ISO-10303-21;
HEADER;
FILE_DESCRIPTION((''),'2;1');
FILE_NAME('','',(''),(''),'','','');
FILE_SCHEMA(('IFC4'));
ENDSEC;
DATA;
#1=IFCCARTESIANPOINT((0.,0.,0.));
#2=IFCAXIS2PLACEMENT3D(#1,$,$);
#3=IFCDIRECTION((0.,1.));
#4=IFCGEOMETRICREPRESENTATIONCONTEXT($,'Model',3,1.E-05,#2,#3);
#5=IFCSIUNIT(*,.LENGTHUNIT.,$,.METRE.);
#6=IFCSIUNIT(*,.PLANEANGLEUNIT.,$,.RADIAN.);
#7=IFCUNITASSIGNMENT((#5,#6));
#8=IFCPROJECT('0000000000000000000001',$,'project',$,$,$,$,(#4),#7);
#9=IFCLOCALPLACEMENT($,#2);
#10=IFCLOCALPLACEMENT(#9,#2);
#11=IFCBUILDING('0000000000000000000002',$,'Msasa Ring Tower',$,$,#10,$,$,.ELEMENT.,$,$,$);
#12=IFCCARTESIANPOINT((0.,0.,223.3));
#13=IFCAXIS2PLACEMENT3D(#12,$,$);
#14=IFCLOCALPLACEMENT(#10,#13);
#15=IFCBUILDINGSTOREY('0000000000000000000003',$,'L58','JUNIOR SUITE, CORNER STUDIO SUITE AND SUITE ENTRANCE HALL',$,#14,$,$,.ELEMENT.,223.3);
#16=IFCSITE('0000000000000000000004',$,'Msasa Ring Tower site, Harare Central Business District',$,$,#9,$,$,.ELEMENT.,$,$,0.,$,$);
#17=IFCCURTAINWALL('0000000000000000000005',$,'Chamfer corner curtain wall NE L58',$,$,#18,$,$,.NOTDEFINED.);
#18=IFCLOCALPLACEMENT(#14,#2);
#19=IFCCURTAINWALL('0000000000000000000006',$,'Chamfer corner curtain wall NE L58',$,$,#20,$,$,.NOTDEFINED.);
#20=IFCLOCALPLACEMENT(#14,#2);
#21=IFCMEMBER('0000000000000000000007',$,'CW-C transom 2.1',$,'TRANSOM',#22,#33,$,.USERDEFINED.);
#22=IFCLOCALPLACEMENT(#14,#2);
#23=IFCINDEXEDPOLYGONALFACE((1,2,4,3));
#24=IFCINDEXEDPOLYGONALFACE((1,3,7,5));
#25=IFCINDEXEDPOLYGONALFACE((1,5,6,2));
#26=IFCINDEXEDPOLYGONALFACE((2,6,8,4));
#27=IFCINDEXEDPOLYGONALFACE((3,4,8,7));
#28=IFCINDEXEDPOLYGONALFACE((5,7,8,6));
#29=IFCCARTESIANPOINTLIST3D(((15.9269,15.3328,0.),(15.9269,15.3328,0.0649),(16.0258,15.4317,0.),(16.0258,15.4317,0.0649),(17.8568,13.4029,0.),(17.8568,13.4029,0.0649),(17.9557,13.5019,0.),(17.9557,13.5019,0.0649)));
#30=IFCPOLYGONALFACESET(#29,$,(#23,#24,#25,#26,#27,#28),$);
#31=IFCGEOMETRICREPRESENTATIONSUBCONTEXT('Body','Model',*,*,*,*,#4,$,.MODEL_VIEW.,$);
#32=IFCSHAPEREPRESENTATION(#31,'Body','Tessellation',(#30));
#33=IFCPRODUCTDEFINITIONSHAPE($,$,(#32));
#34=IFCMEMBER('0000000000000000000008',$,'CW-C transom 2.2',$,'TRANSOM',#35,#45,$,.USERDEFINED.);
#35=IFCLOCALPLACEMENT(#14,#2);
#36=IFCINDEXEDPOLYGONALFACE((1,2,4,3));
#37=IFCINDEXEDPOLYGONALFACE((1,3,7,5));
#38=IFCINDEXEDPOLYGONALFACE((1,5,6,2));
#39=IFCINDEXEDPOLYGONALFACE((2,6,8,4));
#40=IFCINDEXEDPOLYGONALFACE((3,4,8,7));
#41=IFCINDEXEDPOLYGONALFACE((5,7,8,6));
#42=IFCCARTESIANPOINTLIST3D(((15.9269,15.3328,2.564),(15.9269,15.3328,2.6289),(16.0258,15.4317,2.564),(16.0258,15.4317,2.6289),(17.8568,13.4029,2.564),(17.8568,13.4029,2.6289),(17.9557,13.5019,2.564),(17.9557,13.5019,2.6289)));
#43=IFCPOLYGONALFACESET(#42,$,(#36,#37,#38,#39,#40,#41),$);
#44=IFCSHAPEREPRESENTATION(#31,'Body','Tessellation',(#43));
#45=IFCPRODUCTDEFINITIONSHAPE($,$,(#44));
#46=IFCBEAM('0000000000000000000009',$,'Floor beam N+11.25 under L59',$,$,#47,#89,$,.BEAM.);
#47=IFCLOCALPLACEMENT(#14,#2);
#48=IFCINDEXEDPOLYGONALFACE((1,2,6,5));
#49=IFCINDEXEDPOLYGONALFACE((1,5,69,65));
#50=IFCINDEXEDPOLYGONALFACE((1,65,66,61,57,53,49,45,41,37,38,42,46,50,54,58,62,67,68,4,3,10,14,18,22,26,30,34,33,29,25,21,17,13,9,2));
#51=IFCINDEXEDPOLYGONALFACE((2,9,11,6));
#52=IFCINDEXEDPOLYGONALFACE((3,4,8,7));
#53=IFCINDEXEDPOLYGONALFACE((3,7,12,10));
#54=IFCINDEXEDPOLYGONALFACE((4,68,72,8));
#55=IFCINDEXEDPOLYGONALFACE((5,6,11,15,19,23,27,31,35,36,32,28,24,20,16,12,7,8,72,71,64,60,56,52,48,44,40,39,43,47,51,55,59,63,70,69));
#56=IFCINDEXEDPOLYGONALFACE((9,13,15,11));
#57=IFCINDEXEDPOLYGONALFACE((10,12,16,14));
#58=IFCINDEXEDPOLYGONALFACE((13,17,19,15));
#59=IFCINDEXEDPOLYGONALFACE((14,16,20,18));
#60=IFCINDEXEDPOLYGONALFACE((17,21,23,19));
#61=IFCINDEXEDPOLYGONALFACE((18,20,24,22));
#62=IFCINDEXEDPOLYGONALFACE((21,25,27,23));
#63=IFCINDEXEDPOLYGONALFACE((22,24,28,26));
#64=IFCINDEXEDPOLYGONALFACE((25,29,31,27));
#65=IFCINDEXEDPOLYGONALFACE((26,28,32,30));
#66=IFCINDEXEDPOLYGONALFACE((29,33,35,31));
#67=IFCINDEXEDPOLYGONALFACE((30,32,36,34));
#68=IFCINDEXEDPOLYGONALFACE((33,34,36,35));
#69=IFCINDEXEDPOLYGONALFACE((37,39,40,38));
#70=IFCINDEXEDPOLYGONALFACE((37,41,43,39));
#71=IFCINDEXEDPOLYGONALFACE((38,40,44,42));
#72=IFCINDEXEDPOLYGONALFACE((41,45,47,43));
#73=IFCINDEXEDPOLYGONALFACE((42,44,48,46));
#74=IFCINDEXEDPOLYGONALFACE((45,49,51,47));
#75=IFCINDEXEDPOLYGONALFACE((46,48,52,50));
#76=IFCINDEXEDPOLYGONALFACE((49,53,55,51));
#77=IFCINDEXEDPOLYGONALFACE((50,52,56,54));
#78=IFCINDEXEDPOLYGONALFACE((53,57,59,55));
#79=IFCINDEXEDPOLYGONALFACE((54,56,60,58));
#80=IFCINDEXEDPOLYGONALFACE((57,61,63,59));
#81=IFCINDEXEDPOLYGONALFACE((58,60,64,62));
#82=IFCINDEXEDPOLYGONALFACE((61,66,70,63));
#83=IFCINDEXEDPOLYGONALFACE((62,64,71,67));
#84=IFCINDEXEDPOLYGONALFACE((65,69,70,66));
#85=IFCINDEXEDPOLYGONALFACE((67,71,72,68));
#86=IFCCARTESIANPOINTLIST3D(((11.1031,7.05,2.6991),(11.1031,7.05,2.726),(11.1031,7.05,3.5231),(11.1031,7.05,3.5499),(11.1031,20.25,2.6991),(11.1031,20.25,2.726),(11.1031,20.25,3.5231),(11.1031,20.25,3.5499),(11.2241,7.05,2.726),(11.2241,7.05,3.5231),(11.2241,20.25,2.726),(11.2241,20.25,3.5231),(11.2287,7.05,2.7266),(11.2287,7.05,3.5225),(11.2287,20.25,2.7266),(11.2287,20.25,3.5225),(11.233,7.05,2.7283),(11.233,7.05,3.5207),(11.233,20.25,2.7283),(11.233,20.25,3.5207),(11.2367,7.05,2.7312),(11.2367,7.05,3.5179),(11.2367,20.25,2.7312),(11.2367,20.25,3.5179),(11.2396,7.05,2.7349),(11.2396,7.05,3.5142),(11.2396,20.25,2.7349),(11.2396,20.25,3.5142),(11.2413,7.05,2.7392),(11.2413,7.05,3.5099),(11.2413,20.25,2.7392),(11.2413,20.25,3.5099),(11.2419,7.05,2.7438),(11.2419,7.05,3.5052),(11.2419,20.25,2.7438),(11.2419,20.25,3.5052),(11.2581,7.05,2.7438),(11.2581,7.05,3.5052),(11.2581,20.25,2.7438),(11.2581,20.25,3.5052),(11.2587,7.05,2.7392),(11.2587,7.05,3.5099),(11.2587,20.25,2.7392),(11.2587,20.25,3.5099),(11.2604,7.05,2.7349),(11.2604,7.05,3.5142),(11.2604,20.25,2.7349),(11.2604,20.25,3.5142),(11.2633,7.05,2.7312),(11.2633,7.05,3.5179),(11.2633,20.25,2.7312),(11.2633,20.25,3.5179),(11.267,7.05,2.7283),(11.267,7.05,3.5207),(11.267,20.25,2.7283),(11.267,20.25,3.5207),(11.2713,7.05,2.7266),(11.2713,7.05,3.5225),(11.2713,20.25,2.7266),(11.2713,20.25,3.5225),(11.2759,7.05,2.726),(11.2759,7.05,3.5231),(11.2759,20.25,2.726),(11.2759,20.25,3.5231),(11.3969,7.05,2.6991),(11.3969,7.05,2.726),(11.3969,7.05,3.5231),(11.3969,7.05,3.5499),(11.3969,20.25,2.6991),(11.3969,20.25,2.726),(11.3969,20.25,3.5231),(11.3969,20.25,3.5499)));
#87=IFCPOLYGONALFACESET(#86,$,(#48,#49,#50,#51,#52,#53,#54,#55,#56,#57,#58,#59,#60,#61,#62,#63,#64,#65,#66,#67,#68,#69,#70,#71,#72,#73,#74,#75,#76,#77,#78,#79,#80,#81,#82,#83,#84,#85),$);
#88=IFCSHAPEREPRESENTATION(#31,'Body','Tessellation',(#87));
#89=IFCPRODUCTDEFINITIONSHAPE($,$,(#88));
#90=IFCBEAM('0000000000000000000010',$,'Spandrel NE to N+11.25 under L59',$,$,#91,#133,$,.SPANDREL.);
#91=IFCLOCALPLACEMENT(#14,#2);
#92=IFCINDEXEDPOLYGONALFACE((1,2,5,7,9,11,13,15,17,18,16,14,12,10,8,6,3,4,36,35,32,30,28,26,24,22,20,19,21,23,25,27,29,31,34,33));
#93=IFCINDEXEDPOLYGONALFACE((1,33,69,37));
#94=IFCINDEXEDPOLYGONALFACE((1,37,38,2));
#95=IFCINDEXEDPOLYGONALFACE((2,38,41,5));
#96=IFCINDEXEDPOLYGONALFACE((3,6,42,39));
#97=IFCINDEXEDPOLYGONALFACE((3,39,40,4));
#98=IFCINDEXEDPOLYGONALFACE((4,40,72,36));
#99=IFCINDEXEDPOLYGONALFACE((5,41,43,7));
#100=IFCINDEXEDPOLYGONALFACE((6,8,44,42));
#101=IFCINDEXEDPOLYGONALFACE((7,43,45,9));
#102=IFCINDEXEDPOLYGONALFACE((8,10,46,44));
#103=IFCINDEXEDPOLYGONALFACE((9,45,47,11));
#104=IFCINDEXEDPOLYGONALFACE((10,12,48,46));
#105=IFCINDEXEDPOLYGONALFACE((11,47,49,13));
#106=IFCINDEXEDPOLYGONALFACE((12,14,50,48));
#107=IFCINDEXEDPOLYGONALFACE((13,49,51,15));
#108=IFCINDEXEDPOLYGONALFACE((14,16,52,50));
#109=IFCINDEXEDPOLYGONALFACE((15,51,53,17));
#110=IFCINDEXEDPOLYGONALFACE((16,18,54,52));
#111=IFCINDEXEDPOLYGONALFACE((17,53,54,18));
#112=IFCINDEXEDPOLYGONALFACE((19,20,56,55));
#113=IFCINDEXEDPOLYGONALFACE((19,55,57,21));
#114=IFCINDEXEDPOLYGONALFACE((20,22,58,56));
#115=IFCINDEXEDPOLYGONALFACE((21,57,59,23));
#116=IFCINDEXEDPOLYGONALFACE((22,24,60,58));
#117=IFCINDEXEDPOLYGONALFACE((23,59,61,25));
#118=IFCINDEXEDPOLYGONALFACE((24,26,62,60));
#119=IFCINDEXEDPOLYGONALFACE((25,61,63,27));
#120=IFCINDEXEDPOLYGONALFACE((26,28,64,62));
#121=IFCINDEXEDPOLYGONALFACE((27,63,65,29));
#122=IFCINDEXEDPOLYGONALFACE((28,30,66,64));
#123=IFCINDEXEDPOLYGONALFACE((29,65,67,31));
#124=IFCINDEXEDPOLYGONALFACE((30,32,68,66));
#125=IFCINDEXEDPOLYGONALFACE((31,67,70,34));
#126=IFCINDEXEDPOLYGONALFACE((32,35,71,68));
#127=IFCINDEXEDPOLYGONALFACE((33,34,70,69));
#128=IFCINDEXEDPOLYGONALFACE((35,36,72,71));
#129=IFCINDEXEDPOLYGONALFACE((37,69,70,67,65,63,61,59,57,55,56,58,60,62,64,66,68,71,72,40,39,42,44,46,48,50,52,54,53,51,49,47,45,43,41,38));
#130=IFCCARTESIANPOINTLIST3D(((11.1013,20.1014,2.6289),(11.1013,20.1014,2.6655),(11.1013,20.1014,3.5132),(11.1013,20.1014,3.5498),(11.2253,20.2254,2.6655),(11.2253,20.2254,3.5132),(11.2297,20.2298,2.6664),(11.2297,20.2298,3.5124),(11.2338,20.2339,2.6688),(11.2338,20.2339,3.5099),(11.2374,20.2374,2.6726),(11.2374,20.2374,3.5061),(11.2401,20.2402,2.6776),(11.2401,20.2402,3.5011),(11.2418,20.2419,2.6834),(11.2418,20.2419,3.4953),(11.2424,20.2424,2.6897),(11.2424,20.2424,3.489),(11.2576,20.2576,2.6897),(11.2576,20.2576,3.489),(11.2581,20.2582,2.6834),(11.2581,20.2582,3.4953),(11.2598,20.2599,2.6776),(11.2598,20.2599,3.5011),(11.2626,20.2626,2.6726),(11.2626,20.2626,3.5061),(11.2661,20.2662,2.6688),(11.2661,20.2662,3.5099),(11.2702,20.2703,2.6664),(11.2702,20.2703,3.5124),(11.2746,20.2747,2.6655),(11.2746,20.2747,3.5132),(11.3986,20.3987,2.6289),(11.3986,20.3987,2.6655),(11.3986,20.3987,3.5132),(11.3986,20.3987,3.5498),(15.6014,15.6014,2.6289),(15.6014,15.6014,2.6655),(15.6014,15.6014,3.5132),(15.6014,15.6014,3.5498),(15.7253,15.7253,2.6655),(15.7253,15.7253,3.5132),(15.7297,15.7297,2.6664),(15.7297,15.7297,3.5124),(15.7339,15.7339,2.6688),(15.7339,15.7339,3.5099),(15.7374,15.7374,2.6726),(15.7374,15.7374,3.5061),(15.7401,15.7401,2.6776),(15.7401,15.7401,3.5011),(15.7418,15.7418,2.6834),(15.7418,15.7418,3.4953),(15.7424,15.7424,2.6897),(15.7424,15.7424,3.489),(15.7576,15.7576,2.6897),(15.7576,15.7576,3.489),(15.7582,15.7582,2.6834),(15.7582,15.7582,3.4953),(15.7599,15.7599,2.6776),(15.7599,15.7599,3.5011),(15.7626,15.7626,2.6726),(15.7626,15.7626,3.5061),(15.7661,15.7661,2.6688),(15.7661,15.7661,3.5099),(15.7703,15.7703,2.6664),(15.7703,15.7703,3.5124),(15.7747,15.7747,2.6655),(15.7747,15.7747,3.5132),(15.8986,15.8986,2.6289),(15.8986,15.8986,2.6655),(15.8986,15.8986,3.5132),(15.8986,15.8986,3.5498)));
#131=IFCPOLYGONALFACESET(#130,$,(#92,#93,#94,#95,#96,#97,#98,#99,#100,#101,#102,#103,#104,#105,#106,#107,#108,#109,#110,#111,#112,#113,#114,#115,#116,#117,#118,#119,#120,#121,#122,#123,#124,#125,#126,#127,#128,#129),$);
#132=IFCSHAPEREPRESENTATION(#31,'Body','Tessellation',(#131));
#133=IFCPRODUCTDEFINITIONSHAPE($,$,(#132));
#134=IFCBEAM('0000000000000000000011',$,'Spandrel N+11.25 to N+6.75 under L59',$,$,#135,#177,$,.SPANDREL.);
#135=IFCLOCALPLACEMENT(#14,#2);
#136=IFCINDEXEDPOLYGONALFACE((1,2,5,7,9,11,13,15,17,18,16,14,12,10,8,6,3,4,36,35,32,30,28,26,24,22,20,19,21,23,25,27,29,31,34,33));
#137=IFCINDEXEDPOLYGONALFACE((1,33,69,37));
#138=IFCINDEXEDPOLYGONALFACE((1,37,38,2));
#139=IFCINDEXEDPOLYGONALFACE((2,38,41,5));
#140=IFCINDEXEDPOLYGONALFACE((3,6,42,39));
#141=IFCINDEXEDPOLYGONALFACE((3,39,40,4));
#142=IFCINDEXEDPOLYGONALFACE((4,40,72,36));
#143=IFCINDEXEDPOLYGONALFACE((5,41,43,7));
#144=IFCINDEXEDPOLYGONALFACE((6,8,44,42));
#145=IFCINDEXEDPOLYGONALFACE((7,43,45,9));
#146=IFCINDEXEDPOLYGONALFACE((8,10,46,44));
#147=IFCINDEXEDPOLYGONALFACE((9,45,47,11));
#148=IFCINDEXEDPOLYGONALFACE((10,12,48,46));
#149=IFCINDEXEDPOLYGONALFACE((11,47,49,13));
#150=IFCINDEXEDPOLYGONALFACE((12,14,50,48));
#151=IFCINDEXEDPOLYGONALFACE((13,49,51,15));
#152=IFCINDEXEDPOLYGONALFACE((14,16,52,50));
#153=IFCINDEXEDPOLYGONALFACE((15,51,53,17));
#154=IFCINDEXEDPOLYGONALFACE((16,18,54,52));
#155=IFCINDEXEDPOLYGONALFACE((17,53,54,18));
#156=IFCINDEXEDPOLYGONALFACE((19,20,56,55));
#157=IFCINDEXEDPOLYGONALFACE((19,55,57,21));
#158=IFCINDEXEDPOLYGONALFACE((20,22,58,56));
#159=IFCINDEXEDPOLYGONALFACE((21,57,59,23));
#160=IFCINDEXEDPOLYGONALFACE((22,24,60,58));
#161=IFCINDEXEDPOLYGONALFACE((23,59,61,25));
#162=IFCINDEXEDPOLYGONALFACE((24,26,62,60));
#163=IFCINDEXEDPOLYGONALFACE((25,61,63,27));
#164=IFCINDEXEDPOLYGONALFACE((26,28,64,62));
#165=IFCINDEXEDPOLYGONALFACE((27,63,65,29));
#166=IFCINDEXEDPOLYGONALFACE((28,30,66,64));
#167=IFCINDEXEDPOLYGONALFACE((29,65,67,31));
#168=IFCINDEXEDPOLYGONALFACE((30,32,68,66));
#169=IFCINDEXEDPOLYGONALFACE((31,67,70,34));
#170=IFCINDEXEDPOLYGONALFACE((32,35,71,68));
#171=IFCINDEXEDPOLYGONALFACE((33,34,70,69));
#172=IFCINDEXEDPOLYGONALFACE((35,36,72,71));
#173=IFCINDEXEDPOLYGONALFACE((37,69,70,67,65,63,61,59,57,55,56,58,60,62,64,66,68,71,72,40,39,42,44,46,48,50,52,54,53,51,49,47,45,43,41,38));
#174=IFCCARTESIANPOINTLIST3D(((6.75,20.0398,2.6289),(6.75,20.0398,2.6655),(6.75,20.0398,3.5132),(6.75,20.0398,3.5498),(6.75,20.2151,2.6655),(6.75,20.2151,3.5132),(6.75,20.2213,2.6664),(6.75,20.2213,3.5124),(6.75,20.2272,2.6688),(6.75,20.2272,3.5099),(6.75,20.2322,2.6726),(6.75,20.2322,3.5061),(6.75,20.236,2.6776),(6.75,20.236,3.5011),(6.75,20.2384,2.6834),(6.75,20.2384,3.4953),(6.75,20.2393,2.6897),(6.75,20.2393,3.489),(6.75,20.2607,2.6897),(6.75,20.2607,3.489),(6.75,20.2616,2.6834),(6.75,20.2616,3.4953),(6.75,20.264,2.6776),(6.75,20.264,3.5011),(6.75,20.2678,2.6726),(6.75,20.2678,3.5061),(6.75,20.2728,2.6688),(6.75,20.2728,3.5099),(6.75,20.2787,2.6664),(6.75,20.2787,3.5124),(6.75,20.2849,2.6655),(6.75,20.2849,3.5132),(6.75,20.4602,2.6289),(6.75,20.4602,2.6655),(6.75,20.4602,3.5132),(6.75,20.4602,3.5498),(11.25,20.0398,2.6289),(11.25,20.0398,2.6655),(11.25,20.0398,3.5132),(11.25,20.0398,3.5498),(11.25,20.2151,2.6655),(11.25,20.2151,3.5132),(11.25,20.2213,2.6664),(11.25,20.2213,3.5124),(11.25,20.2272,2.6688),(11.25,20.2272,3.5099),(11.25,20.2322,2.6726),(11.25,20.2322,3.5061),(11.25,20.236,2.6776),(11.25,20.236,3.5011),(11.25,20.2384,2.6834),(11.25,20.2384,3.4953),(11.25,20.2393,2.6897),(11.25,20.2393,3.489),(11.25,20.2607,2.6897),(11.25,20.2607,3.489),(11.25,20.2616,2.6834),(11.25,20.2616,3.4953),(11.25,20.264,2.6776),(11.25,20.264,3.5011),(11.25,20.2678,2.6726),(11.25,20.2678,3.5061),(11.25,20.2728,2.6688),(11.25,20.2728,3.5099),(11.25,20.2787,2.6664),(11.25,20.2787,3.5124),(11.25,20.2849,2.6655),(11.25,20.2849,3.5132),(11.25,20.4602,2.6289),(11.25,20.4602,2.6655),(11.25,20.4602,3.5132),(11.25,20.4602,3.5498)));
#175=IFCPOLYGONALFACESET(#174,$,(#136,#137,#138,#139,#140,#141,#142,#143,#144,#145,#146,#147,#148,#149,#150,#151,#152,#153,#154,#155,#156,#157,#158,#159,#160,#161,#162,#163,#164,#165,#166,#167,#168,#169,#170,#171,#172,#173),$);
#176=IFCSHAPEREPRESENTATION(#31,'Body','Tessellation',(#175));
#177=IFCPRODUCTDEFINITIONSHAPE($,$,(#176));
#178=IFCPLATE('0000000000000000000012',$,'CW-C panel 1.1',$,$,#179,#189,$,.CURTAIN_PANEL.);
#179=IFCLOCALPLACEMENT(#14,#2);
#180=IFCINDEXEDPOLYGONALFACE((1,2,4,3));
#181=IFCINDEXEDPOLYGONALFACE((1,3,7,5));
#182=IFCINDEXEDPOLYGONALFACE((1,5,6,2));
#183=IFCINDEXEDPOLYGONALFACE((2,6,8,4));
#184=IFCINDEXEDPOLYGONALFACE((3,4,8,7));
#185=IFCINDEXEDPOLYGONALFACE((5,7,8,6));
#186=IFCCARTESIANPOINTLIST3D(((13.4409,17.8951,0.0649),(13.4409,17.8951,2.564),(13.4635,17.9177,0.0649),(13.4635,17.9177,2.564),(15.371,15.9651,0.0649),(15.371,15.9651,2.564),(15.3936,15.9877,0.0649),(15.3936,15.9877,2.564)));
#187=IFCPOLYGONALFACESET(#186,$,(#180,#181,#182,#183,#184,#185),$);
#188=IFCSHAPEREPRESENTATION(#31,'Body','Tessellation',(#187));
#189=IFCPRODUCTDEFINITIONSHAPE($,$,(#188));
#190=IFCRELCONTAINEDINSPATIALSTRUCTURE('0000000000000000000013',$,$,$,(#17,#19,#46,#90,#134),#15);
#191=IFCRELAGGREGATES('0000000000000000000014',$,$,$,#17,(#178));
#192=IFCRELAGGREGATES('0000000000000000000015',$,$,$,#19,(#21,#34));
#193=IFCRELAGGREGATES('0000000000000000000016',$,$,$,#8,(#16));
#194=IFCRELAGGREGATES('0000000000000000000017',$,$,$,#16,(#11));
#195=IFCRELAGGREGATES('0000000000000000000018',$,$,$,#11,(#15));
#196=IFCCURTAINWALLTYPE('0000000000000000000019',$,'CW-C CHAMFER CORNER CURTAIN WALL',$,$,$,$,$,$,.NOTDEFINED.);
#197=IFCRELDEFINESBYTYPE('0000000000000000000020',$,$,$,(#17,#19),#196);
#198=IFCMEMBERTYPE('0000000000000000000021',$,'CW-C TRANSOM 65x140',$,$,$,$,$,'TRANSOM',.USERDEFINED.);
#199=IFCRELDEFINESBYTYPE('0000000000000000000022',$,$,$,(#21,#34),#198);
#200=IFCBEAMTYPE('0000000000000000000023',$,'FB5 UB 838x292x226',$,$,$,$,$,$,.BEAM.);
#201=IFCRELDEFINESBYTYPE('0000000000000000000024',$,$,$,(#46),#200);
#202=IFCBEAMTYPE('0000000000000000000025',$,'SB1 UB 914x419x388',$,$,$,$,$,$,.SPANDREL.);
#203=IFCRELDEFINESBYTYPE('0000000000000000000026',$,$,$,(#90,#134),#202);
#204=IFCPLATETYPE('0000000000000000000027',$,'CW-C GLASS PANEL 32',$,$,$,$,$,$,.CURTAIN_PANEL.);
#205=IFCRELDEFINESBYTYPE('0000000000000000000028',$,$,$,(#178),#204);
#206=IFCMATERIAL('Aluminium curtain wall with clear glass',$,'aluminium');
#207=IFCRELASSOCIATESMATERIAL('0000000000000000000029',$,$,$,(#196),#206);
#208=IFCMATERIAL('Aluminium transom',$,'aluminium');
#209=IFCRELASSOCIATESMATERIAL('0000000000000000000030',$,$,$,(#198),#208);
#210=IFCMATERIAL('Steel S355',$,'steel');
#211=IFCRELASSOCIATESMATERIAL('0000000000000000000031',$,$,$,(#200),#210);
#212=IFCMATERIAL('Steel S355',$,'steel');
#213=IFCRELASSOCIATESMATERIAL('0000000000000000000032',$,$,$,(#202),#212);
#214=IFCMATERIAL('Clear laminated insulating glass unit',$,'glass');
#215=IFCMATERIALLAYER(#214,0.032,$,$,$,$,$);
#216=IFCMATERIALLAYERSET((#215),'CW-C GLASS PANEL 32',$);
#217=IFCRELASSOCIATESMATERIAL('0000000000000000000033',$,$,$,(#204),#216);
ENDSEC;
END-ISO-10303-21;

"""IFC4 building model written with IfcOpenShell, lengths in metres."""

from ifc_helpers import new_model, si_unit, direction, frame, origin, origin_2d, place, context, subcontext, project, spatial, rectangle, i_section, extrude, material, layer, layer_set, material_profile, profile_set, type_object, element, aggregate, save


model = new_model("IFC4")

# Units and contexts
model_context = context("Model", 3, precision=1e-05, world=origin(), true_north=direction((0.0, 1.0)))
body_context = subcontext(model_context, "Body", "Model", "MODEL_VIEW")
ifc_project = project(units=[si_unit("LENGTHUNIT", "METRE"), si_unit("PLANEANGLEUNIT", "RADIAN")], contexts=[model_context])

# Site, building, storey
site_placement = place(None, origin())
site = spatial("IfcSite", under=ifc_project, at=site_placement, Name="Msasa Ring Tower site, Harare Central Business District", CompositionType="ELEMENT", RefElevation=0.0)
building_placement = place(site_placement, origin())
building = spatial("IfcBuilding", under=site, at=building_placement, Name="Msasa Ring Tower", CompositionType="ELEMENT")
storey_placement = place(building_placement, frame((0.0, 0.0, 223.3)))
storey = spatial("IfcBuildingStorey", under=building, at=storey_placement, Name="L58", Description="JUNIOR SUITE, CORNER STUDIO SUITE AND SUITE ENTRANCE HALL", CompositionType="ELEMENT", Elevation=223.3)

# Curtain walls
ifc_material_1 = material(Name="Aluminium curtain wall with clear glass", Category="aluminium")
curtain_wall_type = type_object("IfcCurtainWallType", Name="CW-C CHAMFER CORNER CURTAIN WALL", PredefinedType="NOTDEFINED", material=ifc_material_1)
curtain_wall_1_placement = place(storey_placement, origin())
curtain_wall_1 = element("IfcCurtainWall", 1, at=curtain_wall_1_placement, inside=storey, type_object=curtain_wall_type, Name="Chamfer corner curtain wall NE L58", PredefinedType="NOTDEFINED")
curtain_wall_2_placement = place(storey_placement, origin())
curtain_wall_2 = element("IfcCurtainWall", 2, at=curtain_wall_2_placement, inside=storey, type_object=curtain_wall_type, Name="Chamfer corner curtain wall NE L58", PredefinedType="NOTDEFINED")

# Members
ifc_material_2 = material(Name="Aluminium transom", Category="aluminium")
ifc_material_profile_1 = material_profile(ifc_material_2, rectangle(XDim=0.1399, YDim=0.0649, at=origin_2d()), Name="AL 65x140")
ifc_profile_set_1 = profile_set([ifc_material_profile_1], Name="Aluminium transom")
member_type_1 = type_object("IfcMemberType", Name="CW-C TRANSOM 65x140", ElementType="TRANSOM", PredefinedType="USERDEFINED", material=ifc_profile_set_1)
member_1_placement = place(storey_placement, frame((17.9062, 13.4524, 0.0325), z_axis=(-0.707107, 0.707107, 0.0), x_axis=(-0.707107, -0.707107, 0.0)))
member_1 = element("IfcMember", 3, at=member_1_placement, type_object=member_type_1, Name="CW-C transom 2.1", ObjectType="TRANSOM", PredefinedType="USERDEFINED", context=body_context, shape_type="SweptSolid", body=[
    extrude(rectangle(XDim=0.1399, YDim=0.0649, at=origin_2d()), origin(), (0.0, 0.0, 1.0), 2.7292),
])
member_2_placement = place(storey_placement, frame((17.9062, 13.4524, 2.5964), z_axis=(-0.707107, 0.707107, 0.0), x_axis=(-0.707107, -0.707107, 0.0)))
member_2 = element("IfcMember", 4, at=member_2_placement, type_object=member_type_1, Name="CW-C transom 2.2", ObjectType="TRANSOM", PredefinedType="USERDEFINED", context=body_context, shape_type="SweptSolid", body=[
    extrude(rectangle(XDim=0.1399, YDim=0.0649, at=origin_2d()), origin(), (0.0, 0.0, 1.0), 2.7292),
])

# Beams
ifc_material_3 = material(Name="Steel S355", Category="steel")
ifc_material_profile_2 = material_profile(ifc_material_3, i_section(OverallWidth=0.2937, OverallDepth=0.8508, WebThickness=0.0161, FlangeThickness=0.0269, FilletRadius=0.0178, at=origin_2d()), Name="UB 838x292x226")
ifc_profile_set_2 = profile_set([ifc_material_profile_2], Name="Steel S355")
beam_type_1 = type_object("IfcBeamType", Name="FB5 UB 838x292x226", PredefinedType="BEAM", material=ifc_profile_set_2)
beam_1_placement = place(storey_placement, frame((11.25, 20.25, 3.1245), z_axis=(0.0, -1.0, 0.0), x_axis=(1.0, 0.0, 0.0)))
element("IfcBeam", 5, at=beam_1_placement, inside=storey, type_object=beam_type_1, Name="Floor beam N+11.25 under L59", PredefinedType="BEAM", context=body_context, shape_type="SweptSolid", body=[
    extrude(i_section(OverallWidth=0.2937, OverallDepth=0.8508, WebThickness=0.0161, FlangeThickness=0.0269, FilletRadius=0.0178, at=origin_2d()), origin(), (0.0, 0.0, 1.0), 13.2),
])
ifc_material_4 = material(Name="Steel S355", Category="steel")
ifc_material_profile_3 = material_profile(ifc_material_4, i_section(OverallWidth=0.4204, OverallDepth=0.9209, WebThickness=0.0215, FlangeThickness=0.0366, FilletRadius=0.0242, at=origin_2d()), Name="UB 914x419x388")
ifc_profile_set_3 = profile_set([ifc_material_profile_3], Name="Steel S355")
beam_type_2 = type_object("IfcBeamType", Name="SB1 UB 914x419x388", PredefinedType="SPANDREL", material=ifc_profile_set_3)
beam_2_placement = place(storey_placement, frame((15.75, 15.75, 3.0894), z_axis=(-0.707107, 0.707107, 0.0), x_axis=(-0.707107, -0.707107, 0.0)))
element("IfcBeam", 6, at=beam_2_placement, inside=storey, type_object=beam_type_2, Name="Spandrel NE to N+11.25 under L59", PredefinedType="SPANDREL", context=body_context, shape_type="SweptSolid", body=[
    extrude(i_section(OverallWidth=0.4204, OverallDepth=0.9209, WebThickness=0.0215, FlangeThickness=0.0366, FilletRadius=0.0242, at=origin_2d()), origin(), (0.0, 0.0, 1.0), 6.364),
])
beam_3_placement = place(storey_placement, frame((11.25, 20.25, 3.0894), z_axis=(-1.0, 0.0, 0.0), x_axis=(0.0, -1.0, 0.0)))
element("IfcBeam", 7, at=beam_3_placement, inside=storey, type_object=beam_type_2, Name="Spandrel N+11.25 to N+6.75 under L59", PredefinedType="SPANDREL", context=body_context, shape_type="SweptSolid", body=[
    extrude(i_section(OverallWidth=0.4204, OverallDepth=0.9209, WebThickness=0.0215, FlangeThickness=0.0366, FilletRadius=0.0242, at=origin_2d()), origin(), (0.0, 0.0, 1.0), 4.5),
])

# Plate
ifc_material_5 = material(Name="Clear laminated insulating glass unit", Category="glass")
ifc_layer_1 = layer(ifc_material_5, 0.032)
ifc_layer_set_1 = layer_set([ifc_layer_1], Name="CW-C GLASS PANEL 32")
plate_type = type_object("IfcPlateType", Name="CW-C GLASS PANEL 32", PredefinedType="CURTAIN_PANEL", material=ifc_layer_set_1)
plate_1_placement = place(storey_placement, frame((14.4172, 16.9414, 0.0649), z_axis=(0.0, 0.0, 1.0), x_axis=(-0.707107, 0.707107, 0.0)))
plate_1 = element("IfcPlate", 8, at=plate_1_placement, type_object=plate_type, Name="CW-C panel 1.1", PredefinedType="CURTAIN_PANEL", context=body_context, shape_type="SweptSolid", body=[
    extrude(rectangle(XDim=2.7295, YDim=0.032, at=origin_2d()), origin(), (0.0, 0.0, 1.0), 2.499),
])
aggregate(curtain_wall_1, [plate_1])
aggregate(curtain_wall_2, [member_1, member_2])

save(model, "model.ifc")
